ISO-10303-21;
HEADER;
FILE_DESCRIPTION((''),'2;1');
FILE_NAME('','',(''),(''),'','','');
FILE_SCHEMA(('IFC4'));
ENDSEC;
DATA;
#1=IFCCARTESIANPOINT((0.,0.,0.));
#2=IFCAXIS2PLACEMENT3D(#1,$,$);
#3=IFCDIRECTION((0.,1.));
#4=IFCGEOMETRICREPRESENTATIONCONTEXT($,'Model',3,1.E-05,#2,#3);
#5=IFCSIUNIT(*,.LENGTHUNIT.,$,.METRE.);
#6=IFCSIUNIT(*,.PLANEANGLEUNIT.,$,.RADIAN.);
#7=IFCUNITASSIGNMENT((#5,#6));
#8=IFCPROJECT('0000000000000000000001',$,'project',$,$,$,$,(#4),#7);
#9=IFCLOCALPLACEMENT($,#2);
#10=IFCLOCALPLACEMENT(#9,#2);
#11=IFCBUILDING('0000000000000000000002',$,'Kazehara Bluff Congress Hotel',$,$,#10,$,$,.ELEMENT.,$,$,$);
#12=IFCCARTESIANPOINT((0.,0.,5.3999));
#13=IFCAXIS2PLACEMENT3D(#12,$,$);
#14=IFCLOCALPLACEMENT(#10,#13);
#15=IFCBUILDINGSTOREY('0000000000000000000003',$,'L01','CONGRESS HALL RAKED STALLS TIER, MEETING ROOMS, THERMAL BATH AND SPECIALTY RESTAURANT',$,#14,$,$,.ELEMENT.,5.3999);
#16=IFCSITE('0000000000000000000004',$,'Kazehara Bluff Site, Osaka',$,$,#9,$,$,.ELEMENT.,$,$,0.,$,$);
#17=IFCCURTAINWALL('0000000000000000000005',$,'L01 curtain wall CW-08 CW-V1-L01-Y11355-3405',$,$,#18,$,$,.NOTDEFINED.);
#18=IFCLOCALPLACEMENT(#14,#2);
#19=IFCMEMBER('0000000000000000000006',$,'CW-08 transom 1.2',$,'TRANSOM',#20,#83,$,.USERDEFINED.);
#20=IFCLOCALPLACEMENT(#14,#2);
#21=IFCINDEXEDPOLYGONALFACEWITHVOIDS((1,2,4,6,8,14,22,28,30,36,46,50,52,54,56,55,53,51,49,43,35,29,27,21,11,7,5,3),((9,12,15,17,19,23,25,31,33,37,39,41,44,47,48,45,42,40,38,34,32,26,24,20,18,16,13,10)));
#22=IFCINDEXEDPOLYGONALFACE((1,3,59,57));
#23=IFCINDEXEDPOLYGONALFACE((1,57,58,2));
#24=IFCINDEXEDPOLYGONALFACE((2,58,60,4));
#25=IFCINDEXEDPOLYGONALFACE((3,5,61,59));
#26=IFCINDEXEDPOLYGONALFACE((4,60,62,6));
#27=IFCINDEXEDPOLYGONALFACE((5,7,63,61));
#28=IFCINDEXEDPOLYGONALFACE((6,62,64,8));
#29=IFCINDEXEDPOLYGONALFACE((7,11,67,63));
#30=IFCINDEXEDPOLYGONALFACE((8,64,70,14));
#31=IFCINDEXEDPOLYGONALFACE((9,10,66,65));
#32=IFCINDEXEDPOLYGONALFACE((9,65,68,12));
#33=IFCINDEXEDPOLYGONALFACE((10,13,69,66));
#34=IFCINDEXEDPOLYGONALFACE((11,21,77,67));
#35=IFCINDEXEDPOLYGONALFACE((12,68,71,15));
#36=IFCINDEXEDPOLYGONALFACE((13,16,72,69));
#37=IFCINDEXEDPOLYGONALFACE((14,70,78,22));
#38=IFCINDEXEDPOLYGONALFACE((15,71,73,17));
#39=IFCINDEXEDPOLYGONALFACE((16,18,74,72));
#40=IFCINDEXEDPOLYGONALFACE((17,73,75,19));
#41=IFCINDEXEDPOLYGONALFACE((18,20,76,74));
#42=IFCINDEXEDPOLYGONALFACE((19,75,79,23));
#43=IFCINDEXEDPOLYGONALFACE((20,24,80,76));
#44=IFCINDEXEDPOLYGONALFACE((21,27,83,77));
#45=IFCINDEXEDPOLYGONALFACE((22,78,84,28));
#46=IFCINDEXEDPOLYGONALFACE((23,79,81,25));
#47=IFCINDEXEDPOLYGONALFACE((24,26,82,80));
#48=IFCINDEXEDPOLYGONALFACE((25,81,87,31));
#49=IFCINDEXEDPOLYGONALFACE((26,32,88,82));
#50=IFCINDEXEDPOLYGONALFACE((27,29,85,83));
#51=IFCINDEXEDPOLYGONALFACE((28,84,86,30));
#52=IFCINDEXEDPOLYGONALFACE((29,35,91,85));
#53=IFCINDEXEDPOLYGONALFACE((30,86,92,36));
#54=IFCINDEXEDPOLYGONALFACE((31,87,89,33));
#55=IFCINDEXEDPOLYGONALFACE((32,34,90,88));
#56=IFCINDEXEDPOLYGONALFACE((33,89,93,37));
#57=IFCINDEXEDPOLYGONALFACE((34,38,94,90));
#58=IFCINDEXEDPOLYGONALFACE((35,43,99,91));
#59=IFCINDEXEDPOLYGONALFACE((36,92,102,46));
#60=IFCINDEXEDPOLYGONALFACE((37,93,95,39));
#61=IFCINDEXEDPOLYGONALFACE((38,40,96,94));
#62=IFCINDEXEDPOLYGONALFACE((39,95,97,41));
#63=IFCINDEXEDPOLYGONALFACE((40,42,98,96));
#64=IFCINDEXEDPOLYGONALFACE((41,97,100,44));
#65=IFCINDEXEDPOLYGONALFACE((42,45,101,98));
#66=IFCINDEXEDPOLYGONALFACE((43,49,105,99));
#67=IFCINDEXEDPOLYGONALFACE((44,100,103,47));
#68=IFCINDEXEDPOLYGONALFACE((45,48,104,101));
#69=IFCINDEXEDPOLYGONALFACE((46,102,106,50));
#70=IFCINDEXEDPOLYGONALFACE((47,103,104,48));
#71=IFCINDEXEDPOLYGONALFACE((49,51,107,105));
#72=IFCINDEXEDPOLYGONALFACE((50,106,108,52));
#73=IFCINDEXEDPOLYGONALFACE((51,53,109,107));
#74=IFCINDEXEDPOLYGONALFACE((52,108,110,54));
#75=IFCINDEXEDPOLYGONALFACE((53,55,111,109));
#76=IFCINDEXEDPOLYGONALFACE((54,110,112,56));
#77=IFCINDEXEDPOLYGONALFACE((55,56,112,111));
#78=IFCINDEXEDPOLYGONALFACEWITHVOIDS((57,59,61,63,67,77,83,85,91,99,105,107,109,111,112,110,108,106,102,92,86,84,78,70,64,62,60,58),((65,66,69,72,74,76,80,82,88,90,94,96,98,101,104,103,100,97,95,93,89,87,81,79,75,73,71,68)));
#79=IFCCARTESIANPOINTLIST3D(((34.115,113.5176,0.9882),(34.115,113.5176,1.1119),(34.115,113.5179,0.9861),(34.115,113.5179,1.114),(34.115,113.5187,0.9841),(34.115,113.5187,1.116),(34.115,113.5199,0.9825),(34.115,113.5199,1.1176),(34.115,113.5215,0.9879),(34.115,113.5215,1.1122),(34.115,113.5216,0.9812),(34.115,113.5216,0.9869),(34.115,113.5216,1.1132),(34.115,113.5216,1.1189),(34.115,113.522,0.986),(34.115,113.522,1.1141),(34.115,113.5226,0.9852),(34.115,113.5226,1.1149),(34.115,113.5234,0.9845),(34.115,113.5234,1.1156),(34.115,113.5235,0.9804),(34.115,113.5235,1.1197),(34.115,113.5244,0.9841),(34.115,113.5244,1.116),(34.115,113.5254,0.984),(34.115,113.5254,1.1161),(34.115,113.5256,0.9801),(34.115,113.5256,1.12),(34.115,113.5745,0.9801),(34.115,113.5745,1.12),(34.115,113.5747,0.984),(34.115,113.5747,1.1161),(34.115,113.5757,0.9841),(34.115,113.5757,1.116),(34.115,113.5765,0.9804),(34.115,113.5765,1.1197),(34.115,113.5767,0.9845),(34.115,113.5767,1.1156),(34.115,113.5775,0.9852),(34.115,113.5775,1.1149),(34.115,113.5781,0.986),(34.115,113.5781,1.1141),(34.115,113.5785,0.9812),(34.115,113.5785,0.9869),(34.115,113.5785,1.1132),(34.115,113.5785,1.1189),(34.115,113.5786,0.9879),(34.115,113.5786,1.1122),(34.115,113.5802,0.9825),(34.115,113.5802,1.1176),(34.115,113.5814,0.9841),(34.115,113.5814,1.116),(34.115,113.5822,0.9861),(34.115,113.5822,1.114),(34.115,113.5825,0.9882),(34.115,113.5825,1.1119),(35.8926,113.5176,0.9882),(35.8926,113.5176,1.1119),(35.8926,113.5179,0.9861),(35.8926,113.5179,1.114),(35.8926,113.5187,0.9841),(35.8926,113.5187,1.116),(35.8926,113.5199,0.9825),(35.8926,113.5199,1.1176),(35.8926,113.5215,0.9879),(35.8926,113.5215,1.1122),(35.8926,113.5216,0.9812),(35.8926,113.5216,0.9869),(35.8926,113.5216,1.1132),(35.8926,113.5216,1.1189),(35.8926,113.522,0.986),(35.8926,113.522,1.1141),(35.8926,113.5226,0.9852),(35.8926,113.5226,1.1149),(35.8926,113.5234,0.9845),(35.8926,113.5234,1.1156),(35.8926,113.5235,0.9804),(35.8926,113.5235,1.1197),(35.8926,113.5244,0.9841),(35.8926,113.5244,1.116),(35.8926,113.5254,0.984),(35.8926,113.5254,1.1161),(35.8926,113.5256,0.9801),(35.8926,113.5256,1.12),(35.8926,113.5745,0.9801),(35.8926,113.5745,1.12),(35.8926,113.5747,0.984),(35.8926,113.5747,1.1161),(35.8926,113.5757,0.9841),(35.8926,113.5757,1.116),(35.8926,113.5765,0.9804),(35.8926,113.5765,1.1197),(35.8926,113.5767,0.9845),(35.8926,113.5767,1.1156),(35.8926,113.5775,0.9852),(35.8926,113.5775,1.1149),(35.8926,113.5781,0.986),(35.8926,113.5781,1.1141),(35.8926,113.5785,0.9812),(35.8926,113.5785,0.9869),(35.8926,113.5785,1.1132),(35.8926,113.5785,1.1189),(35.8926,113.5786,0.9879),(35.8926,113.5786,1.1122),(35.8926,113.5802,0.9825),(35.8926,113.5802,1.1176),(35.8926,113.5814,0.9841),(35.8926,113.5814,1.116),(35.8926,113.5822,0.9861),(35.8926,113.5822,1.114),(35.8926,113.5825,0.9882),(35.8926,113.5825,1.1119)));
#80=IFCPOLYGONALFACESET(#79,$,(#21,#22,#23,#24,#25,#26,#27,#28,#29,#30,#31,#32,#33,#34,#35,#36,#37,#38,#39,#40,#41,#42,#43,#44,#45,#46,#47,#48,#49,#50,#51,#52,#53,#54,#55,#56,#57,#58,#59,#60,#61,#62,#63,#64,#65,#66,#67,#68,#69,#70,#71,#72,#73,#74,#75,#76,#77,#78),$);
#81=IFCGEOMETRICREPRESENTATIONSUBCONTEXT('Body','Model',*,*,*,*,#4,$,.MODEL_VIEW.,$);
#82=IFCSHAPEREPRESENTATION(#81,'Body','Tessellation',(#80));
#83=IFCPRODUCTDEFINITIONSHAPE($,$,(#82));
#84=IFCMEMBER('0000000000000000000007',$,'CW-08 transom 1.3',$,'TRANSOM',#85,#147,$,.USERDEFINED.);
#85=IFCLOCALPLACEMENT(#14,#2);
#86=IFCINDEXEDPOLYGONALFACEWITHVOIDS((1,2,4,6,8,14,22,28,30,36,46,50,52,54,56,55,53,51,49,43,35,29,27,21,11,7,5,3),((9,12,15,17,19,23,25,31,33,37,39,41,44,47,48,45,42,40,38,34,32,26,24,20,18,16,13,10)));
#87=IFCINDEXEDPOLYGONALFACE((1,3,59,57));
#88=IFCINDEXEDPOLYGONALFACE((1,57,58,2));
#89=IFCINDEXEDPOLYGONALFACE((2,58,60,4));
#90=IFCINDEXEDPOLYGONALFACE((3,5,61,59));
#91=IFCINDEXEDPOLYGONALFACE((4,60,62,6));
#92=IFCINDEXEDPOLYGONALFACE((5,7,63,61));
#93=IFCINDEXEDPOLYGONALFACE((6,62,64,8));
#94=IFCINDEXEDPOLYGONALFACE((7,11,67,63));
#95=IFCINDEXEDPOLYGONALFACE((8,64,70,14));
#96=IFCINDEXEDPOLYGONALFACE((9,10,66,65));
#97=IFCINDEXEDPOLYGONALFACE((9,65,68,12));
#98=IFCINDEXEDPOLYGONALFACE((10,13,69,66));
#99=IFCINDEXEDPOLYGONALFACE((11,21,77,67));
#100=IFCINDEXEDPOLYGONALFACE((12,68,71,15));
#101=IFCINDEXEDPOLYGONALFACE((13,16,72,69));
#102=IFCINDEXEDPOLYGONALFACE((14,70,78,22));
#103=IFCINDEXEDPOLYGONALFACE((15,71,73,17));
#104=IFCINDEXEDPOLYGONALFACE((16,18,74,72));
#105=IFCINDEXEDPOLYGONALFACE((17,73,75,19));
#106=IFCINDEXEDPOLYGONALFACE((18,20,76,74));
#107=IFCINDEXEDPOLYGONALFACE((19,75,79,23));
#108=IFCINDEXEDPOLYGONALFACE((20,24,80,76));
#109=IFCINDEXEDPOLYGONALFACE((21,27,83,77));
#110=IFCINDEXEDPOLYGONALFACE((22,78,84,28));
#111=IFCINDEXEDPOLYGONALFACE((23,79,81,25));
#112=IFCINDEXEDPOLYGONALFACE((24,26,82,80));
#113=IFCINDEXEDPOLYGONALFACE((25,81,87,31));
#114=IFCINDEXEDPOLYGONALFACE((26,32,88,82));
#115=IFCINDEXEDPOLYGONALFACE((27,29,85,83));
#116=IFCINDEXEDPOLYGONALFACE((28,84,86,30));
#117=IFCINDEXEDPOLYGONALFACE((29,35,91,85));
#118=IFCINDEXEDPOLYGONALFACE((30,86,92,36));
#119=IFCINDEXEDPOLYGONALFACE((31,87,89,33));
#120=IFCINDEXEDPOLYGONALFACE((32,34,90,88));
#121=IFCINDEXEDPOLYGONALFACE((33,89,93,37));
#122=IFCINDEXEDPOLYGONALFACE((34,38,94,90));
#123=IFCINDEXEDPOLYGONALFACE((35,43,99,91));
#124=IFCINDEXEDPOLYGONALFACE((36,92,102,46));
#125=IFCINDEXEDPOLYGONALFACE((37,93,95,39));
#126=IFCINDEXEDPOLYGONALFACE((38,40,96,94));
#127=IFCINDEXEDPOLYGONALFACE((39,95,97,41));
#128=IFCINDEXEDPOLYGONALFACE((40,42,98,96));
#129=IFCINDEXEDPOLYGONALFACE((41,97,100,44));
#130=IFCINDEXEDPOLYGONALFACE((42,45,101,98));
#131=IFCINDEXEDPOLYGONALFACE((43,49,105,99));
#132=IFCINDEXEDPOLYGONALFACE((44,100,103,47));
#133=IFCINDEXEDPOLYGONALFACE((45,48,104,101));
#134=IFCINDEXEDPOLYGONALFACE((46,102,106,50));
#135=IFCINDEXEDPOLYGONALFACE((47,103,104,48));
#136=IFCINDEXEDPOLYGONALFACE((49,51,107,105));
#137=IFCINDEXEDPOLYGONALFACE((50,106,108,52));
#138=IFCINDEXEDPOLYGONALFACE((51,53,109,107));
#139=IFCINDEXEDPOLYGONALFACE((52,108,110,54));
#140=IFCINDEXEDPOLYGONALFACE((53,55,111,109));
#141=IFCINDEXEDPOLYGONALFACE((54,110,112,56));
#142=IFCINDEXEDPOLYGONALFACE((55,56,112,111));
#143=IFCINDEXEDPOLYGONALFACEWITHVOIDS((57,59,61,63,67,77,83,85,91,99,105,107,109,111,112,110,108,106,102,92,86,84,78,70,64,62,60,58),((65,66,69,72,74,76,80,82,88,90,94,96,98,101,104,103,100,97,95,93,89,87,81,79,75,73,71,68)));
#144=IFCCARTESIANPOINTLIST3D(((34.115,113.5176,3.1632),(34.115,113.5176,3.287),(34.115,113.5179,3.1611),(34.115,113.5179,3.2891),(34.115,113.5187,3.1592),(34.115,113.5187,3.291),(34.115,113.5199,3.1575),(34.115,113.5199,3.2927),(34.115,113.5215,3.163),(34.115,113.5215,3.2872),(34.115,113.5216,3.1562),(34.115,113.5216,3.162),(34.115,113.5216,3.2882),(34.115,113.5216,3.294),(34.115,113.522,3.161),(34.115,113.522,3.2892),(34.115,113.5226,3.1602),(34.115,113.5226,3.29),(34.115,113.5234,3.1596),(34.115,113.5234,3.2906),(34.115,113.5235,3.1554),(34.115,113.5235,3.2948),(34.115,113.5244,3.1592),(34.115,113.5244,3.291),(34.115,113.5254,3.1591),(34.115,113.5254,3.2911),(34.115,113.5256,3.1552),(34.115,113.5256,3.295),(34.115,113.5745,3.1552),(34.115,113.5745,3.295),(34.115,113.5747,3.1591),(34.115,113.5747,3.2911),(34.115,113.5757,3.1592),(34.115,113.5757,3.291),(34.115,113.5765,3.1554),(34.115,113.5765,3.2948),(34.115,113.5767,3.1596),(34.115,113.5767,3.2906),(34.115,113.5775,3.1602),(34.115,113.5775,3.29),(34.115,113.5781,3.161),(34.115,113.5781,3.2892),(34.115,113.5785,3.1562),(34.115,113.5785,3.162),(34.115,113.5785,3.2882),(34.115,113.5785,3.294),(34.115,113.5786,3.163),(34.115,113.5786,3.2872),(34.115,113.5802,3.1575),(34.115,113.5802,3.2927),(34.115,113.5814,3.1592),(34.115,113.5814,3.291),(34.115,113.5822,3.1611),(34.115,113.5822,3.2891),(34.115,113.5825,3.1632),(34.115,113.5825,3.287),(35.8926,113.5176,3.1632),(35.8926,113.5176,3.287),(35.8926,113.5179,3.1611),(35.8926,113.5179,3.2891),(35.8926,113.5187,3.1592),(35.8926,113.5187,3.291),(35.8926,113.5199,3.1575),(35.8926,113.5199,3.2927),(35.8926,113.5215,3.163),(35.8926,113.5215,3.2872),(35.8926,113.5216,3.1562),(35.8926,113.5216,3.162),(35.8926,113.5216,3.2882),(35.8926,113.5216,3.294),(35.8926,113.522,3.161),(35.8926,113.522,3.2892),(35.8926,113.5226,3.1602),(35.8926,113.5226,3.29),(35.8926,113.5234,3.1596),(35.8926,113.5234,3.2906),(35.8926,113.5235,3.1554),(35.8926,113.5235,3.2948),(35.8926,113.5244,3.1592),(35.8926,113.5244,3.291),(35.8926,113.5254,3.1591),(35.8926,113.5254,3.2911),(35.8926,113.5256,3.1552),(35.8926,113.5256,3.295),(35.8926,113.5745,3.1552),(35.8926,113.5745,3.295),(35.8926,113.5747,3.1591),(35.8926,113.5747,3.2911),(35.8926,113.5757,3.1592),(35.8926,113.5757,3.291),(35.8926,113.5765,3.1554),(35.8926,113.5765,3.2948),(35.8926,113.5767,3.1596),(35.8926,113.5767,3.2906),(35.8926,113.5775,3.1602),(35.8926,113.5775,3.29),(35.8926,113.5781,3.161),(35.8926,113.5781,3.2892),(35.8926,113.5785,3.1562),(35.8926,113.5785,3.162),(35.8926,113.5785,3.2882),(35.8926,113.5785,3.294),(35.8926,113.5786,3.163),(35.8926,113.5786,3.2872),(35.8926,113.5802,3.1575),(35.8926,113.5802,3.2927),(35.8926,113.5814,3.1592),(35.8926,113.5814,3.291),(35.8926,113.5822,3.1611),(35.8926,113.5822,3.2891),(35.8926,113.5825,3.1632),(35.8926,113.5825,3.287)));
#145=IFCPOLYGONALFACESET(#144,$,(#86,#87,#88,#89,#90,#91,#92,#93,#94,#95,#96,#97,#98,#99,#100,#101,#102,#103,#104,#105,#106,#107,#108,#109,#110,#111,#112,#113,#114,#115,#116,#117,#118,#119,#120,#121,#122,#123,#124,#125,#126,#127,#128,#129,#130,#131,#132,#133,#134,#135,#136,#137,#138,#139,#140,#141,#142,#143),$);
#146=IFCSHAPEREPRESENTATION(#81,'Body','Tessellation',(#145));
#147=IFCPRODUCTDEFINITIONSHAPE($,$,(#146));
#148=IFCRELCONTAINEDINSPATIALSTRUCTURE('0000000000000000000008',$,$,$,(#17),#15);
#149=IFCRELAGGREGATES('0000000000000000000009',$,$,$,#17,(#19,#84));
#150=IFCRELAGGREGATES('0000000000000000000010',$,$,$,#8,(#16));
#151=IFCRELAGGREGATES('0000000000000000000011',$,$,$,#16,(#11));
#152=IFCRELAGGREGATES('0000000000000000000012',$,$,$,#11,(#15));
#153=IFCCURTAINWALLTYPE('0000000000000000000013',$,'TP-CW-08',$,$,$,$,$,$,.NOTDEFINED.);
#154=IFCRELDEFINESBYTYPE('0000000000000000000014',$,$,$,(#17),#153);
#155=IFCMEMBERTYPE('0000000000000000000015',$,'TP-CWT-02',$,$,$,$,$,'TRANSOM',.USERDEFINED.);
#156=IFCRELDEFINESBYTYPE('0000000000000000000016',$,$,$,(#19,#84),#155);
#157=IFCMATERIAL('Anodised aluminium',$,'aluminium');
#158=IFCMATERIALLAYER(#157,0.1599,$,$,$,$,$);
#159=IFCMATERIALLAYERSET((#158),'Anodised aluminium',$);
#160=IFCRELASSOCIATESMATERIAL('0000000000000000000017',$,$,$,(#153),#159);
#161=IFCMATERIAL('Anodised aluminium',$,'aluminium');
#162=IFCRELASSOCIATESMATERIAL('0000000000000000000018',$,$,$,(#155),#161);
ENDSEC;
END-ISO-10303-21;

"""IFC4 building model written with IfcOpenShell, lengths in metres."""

from ifc_helpers import new_model, si_unit, direction, frame, origin, origin_2d, place, context, subcontext, project, spatial, hollow_rectangle, extrude, material, layer, layer_set, material_profile, profile_set, type_object, element, aggregate, save


model = new_model("IFC4")

# Units and contexts
model_context = context("Model", 3, precision=1e-05, world=origin(), true_north=direction((0.0, 1.0)))
body_context = subcontext(model_context, "Body", "Model", "MODEL_VIEW")
ifc_project = project(units=[si_unit("LENGTHUNIT", "METRE"), si_unit("PLANEANGLEUNIT", "RADIAN")], contexts=[model_context])

# Site, building, storey
site_placement = place(None, origin())
site = spatial("IfcSite", under=ifc_project, at=site_placement, Name="Kazehara Bluff Site, Osaka", CompositionType="ELEMENT", RefElevation=0.0)
building_placement = place(site_placement, origin())
building = spatial("IfcBuilding", under=site, at=building_placement, Name="Kazehara Bluff Congress Hotel", CompositionType="ELEMENT")
storey_placement = place(building_placement, frame((0.0, 0.0, 5.3999)))
storey = spatial("IfcBuildingStorey", under=building, at=storey_placement, Name="L01", Description="CONGRESS HALL RAKED STALLS TIER, MEETING ROOMS, THERMAL BATH AND SPECIALTY RESTAURANT", CompositionType="ELEMENT", Elevation=5.3999)

# Curtain wall
ifc_material_1 = material(Name="Anodised aluminium", Category="aluminium")
ifc_layer_1 = layer(ifc_material_1, 0.1599)
ifc_layer_set_1 = layer_set([ifc_layer_1], Name="Anodised aluminium")
curtain_wall_type_1 = type_object("IfcCurtainWallType", Name="TP-CW-08", PredefinedType="NOTDEFINED", material=ifc_layer_set_1)
curtain_wall_1_placement = place(storey_placement, origin())
curtain_wall_1 = element("IfcCurtainWall", 1, at=curtain_wall_1_placement, inside=storey, type_object=curtain_wall_type_1, Name="L01 curtain wall CW-08 CW-V1-L01-Y11355-3405", PredefinedType="NOTDEFINED")

# Members
ifc_material_2 = material(Name="Anodised aluminium", Category="aluminium")
ifc_material_profile_1 = material_profile(ifc_material_2, hollow_rectangle(XDim=0.0649, YDim=0.1399, WallThickness=0.0039, InnerFilletRadius=0.0039, OuterFilletRadius=0.0081, at=origin_2d()))
ifc_profile_set_1 = profile_set([ifc_material_profile_1], Name="Anodised aluminium")
member_type_1 = type_object("IfcMemberType", Name="TP-CWT-02", ElementType="TRANSOM", PredefinedType="USERDEFINED", material=ifc_profile_set_1)
member_1_placement = place(storey_placement, frame((34.115, 113.55, 1.05), z_axis=(1.0, 0.0, 0.0), x_axis=(0.0, 1.0, 0.0)))
member_1 = element("IfcMember", 2, at=member_1_placement, type_object=member_type_1, Name="CW-08 transom 1.2", ObjectType="TRANSOM", PredefinedType="USERDEFINED", context=body_context, shape_type="SweptSolid", body=[
    extrude(hollow_rectangle(XDim=0.0649, YDim=0.1399, WallThickness=0.0039, InnerFilletRadius=0.0039, OuterFilletRadius=0.0081, at=origin_2d()), origin(), (0.0, 0.0, 1.0), 1.7776),
])
member_2_placement = place(storey_placement, frame((34.115, 113.55, 3.2251), z_axis=(1.0, 0.0, 0.0), x_axis=(0.0, 1.0, 0.0)))
member_2 = element("IfcMember", 3, at=member_2_placement, type_object=member_type_1, Name="CW-08 transom 1.3", ObjectType="TRANSOM", PredefinedType="USERDEFINED", context=body_context, shape_type="SweptSolid", body=[
    extrude(hollow_rectangle(XDim=0.0649, YDim=0.1399, WallThickness=0.0039, InnerFilletRadius=0.0039, OuterFilletRadius=0.0081, at=origin_2d()), origin(), (0.0, 0.0, 1.0), 1.7776),
])

aggregate(curtain_wall_1, [member_1, member_2])

save(model, "model.ifc")
